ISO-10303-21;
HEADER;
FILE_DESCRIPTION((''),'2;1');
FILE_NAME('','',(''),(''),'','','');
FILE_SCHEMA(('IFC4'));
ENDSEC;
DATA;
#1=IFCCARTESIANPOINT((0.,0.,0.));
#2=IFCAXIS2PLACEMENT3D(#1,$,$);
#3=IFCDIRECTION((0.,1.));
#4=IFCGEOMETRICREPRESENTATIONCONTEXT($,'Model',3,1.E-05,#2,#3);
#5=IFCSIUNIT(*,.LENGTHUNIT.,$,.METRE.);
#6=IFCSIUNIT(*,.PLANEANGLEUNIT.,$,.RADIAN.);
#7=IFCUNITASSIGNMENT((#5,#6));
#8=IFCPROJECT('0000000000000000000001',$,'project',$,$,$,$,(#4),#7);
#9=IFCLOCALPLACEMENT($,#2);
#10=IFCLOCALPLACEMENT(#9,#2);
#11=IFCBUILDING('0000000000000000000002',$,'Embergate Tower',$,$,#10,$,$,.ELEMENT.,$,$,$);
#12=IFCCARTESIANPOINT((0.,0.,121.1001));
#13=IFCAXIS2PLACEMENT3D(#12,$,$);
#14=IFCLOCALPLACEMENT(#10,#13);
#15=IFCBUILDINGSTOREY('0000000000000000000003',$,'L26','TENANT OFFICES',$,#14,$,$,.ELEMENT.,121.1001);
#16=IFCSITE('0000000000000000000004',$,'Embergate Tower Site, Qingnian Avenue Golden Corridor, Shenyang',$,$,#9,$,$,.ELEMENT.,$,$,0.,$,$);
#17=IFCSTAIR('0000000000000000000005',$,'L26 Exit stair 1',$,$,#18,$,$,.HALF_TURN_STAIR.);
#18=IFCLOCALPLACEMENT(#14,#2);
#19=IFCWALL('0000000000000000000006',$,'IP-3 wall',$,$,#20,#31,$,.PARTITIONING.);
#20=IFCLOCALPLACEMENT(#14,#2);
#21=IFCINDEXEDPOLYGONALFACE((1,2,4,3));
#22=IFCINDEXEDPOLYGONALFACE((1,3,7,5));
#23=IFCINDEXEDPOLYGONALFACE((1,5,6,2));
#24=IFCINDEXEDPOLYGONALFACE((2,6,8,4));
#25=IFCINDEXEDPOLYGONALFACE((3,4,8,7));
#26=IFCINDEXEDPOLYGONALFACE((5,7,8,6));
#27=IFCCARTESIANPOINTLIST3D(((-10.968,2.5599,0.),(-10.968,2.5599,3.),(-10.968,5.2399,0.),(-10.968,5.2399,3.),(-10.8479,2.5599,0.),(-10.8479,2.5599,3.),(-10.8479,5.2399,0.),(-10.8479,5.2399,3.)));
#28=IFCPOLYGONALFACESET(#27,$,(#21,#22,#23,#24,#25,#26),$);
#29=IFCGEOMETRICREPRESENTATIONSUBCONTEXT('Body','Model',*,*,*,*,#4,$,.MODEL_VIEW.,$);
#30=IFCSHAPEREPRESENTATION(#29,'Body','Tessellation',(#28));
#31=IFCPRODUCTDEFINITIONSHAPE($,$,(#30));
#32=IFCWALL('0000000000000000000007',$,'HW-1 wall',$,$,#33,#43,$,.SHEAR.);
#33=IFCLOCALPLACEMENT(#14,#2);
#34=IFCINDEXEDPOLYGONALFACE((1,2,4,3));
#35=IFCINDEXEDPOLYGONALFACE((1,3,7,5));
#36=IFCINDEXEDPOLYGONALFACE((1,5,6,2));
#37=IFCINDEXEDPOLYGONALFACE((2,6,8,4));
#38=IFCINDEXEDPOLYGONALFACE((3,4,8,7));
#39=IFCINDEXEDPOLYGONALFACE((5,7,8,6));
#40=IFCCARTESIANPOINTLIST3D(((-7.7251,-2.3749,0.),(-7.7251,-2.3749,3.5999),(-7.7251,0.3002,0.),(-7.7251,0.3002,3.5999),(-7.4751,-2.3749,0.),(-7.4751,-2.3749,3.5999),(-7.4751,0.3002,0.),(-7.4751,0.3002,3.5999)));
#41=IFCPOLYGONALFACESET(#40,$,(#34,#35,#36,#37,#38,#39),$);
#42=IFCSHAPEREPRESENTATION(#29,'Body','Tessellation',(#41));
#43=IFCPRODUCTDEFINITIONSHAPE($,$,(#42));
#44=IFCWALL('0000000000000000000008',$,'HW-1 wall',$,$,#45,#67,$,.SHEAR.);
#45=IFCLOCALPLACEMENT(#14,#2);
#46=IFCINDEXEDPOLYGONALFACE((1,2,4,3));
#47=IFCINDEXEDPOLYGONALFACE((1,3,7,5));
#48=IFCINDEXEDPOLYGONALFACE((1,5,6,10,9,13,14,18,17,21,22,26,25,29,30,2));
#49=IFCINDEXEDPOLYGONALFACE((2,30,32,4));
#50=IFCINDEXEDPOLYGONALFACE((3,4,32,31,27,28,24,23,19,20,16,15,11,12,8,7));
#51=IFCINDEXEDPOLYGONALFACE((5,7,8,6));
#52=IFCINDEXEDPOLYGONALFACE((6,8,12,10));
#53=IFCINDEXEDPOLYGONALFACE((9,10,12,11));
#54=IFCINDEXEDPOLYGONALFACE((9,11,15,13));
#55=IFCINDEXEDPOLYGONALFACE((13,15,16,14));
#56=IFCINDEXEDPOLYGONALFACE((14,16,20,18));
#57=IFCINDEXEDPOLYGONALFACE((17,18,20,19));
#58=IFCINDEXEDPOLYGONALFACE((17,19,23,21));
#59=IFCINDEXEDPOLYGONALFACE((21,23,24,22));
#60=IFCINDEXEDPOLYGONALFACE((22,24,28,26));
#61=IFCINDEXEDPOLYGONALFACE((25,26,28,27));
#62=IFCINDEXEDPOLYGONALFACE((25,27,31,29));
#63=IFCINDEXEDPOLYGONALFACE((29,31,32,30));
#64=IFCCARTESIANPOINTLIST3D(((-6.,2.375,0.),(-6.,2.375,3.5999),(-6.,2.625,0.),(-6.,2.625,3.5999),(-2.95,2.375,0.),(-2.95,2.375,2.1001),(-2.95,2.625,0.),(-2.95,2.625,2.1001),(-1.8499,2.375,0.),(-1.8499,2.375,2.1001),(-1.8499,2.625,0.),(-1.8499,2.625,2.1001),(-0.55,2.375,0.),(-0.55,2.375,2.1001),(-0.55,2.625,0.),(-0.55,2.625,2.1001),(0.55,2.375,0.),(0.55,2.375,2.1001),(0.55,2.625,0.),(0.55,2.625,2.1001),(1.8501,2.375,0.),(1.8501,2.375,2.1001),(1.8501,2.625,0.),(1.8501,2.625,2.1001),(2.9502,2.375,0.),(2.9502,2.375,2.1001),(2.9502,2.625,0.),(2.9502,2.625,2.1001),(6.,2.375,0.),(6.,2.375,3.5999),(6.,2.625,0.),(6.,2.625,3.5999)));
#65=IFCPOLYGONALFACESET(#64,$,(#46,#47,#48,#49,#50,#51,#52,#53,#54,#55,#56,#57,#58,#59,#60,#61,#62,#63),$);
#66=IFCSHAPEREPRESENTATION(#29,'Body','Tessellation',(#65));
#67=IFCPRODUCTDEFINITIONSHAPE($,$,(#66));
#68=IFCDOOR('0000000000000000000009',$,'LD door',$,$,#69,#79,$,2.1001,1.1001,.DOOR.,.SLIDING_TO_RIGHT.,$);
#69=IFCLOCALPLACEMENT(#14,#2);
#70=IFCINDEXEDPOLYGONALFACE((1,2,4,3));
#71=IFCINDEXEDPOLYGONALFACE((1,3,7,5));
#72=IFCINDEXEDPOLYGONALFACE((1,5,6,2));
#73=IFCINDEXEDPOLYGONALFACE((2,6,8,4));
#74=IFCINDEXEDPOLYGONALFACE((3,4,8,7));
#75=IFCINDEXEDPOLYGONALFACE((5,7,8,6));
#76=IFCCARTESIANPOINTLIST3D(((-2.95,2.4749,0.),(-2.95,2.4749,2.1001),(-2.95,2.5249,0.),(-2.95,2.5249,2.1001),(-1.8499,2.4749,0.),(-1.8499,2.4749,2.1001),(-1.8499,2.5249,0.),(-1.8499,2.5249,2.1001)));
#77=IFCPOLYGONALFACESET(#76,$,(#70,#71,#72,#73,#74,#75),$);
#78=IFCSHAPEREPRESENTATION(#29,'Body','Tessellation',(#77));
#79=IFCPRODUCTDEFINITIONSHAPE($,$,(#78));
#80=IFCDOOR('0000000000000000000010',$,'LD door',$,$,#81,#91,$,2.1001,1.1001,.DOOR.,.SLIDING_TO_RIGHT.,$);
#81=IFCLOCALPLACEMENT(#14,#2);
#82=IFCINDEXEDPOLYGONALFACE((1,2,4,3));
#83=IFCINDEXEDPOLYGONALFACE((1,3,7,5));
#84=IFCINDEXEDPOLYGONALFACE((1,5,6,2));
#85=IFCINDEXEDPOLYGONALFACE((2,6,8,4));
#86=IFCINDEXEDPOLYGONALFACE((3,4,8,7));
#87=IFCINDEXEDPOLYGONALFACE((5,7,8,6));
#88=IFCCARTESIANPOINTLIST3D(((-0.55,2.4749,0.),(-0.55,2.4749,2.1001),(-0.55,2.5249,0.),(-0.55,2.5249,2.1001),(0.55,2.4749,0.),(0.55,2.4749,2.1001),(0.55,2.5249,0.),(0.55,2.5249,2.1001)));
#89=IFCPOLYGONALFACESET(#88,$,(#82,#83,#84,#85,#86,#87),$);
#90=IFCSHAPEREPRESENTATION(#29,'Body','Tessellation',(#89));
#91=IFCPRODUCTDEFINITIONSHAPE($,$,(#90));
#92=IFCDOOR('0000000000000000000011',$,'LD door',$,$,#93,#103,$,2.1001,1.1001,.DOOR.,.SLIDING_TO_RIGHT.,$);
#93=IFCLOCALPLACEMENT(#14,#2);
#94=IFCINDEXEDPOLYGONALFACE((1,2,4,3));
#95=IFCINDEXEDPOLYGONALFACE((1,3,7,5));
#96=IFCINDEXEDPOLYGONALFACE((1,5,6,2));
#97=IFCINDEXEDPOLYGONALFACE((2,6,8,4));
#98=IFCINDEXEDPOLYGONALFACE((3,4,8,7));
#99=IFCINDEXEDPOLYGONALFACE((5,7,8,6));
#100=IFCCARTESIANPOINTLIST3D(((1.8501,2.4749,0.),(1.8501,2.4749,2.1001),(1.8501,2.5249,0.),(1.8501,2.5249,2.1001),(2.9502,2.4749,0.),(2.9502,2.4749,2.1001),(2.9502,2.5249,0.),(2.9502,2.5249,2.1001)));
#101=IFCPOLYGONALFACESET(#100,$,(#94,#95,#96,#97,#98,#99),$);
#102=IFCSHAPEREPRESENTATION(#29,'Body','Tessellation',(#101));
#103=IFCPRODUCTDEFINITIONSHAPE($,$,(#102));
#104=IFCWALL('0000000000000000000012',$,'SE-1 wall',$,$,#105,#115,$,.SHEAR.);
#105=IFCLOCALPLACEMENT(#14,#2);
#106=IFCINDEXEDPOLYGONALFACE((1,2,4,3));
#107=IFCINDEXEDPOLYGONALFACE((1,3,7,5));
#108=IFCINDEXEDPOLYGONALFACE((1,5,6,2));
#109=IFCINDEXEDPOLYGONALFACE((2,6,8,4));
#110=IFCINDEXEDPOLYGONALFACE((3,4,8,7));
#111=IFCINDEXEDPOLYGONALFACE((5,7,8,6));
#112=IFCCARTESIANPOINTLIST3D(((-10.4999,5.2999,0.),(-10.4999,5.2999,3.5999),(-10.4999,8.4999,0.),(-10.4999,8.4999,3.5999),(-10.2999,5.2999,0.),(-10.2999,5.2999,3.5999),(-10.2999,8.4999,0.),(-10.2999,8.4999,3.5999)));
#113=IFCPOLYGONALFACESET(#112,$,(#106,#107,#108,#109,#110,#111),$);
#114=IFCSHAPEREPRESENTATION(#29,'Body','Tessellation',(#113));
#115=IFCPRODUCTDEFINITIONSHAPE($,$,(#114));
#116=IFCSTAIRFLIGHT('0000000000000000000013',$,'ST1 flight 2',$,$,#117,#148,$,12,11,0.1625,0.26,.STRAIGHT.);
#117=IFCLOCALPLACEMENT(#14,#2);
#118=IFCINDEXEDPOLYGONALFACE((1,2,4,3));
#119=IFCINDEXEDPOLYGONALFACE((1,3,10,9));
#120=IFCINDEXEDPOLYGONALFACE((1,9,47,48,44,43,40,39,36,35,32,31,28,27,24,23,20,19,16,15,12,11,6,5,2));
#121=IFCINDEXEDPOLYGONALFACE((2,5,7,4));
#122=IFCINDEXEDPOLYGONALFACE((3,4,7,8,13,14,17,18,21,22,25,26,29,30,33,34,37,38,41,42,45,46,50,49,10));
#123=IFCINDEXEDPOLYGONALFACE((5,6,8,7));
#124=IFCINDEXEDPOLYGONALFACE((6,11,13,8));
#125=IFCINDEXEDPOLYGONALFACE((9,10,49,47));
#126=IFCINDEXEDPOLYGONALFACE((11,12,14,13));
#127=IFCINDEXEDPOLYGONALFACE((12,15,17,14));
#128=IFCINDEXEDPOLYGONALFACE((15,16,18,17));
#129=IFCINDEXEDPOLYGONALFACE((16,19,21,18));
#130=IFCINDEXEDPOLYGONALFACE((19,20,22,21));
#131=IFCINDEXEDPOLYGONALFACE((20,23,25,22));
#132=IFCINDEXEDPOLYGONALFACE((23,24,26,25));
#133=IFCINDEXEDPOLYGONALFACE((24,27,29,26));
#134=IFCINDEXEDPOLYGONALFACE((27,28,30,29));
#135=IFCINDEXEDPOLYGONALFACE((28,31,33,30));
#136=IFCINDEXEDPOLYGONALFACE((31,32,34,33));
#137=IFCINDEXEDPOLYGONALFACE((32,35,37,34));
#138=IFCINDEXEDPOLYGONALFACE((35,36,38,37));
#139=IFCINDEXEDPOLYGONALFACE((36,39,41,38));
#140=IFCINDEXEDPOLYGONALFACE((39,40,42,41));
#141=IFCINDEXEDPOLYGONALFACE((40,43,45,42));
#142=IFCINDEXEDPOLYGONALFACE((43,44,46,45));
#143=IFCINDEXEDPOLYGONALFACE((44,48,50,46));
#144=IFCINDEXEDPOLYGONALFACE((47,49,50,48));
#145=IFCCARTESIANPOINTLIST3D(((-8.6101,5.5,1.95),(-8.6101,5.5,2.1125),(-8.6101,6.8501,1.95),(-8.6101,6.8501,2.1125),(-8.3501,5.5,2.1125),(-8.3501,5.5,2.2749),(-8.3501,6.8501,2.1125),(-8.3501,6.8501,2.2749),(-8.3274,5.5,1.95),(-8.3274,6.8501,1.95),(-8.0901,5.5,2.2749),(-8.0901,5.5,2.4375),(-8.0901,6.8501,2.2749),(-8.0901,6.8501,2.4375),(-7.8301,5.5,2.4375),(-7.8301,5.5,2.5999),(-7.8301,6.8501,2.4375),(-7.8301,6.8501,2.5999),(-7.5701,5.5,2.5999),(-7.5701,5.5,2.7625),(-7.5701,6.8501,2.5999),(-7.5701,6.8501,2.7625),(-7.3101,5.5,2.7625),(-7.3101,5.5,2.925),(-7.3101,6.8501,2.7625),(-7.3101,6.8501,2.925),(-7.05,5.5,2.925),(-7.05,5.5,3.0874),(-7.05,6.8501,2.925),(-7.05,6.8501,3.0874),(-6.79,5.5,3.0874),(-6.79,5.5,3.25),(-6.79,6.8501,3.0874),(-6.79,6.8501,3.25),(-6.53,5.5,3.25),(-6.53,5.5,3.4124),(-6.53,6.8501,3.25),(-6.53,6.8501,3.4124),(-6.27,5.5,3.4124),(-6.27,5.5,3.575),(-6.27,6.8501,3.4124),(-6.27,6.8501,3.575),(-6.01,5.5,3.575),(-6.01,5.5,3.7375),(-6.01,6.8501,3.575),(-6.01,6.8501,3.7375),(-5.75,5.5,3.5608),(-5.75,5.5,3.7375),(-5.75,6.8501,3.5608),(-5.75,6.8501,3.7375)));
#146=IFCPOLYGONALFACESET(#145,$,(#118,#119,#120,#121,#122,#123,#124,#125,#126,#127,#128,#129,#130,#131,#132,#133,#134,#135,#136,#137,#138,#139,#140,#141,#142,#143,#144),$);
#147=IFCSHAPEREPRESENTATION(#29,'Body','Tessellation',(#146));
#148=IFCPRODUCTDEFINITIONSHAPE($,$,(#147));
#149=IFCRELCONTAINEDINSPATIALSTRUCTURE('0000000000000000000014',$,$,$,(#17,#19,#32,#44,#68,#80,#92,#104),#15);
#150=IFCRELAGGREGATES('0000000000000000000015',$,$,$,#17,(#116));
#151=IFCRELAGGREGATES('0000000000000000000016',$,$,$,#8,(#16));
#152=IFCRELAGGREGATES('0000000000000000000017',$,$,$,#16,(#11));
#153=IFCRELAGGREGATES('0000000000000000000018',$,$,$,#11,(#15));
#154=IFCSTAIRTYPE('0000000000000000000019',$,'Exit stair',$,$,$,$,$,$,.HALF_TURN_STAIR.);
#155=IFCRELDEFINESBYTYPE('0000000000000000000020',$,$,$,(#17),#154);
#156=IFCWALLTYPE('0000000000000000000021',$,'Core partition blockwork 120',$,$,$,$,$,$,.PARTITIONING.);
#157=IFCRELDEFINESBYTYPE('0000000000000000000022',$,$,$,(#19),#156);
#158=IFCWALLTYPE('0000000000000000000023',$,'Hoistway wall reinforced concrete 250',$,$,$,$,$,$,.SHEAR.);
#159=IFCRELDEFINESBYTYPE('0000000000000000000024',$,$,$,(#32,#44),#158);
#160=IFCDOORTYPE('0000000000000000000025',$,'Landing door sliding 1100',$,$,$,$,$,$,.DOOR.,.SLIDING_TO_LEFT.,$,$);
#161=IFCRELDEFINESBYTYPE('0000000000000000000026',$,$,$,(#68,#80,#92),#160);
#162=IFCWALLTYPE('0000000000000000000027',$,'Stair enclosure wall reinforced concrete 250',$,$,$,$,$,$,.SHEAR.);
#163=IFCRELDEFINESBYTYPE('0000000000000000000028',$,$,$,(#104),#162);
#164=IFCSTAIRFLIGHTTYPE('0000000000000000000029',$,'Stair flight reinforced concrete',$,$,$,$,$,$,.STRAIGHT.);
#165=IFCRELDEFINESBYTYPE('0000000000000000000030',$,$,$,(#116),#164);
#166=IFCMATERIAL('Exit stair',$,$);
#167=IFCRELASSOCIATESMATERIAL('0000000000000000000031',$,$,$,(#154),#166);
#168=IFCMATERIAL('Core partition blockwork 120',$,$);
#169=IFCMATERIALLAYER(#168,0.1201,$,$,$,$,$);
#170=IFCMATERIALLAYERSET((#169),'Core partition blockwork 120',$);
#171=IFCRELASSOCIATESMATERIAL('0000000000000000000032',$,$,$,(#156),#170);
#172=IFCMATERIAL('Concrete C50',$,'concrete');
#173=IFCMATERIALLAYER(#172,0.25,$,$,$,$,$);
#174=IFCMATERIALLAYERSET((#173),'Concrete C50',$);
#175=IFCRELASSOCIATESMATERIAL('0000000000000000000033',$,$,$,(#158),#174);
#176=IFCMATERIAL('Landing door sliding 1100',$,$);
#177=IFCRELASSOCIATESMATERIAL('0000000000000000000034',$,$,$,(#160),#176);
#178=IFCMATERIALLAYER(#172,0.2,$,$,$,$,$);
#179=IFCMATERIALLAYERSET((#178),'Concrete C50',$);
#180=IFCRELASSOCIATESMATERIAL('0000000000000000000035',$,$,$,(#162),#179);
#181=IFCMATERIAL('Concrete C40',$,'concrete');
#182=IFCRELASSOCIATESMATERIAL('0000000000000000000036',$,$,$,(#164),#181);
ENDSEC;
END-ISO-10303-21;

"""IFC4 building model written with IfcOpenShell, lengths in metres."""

from ifc_helpers import new_model, si_unit, direction, frame, frame_2d, origin, place, context, subcontext, project, spatial, polyline, rectangle, outline, extrude, source, transform, mapped, material, layer, layer_set, type_object, element, fill, aggregate, save


model = new_model("IFC4")

# Units and contexts
model_context = context("Model", 3, precision=1e-05, world=origin(), true_north=direction((0.0, 1.0)))
body_context = subcontext(model_context, "Body", "Model", "MODEL_VIEW")
ifc_project = project(units=[si_unit("LENGTHUNIT", "METRE"), si_unit("PLANEANGLEUNIT", "RADIAN")], contexts=[model_context])

# Site, building, storey
site_placement = place(None, origin())
site = spatial("IfcSite", under=ifc_project, at=site_placement, Name="Embergate Tower Site, Qingnian Avenue Golden Corridor, Shenyang", CompositionType="ELEMENT", RefElevation=0.0)
building_placement = place(site_placement, origin())
building = spatial("IfcBuilding", under=site, at=building_placement, Name="Embergate Tower", CompositionType="ELEMENT")
storey_placement = place(building_placement, frame((0.0, 0.0, 121.1001)))
storey = spatial("IfcBuildingStorey", under=building, at=storey_placement, Name="L26", Description="TENANT OFFICES", CompositionType="ELEMENT", Elevation=121.1001)

# Stair
ifc_material_1 = material(Name="Exit stair")
stair_type = type_object("IfcStairType", Name="Exit stair", PredefinedType="HALF_TURN_STAIR", material=ifc_material_1)
stair_placement = place(storey_placement, origin())
stair = element("IfcStair", 1, at=stair_placement, inside=storey, type_object=stair_type, Name="L26 Exit stair 1", PredefinedType="HALF_TURN_STAIR")
ifc_material_2 = material(Name="Concrete C40", Category="concrete")

# Shared definitions
ifc_material_3 = material(Name="Core partition blockwork 120")
ifc_layer_1 = layer(ifc_material_3, 0.1201)
ifc_layer_set_1 = layer_set([ifc_layer_1], Name="Core partition blockwork 120")
wall_type_1 = type_object("IfcWallType", Name="Core partition blockwork 120", PredefinedType="PARTITIONING", material=ifc_layer_set_1)

# Walls
shared_shape_1 = source(origin(), body_context, "Body", "SweptSolid", [
    extrude(rectangle(XDim=2.6799, YDim=0.1201, at=frame_2d((1.3398, 0.0))), origin(), (0.0, 0.0, 1.0), 3.0),
])
wall_1_placement = place(storey_placement, frame((-10.908, 2.5601, 0.0), z_axis=(0.0, 0.0, 1.0), x_axis=(0.0, 1.0, 0.0)))
element("IfcWall", 2, at=wall_1_placement, inside=storey, type_object=wall_type_1, Name="IP-3 wall", PredefinedType="PARTITIONING", context=body_context, shape_type="MappedRepresentation", body=[
    mapped(shared_shape_1, transform((0.0, 0.0, 0.0))),
])
ifc_material_4 = material(Name="Concrete C50", Category="concrete")
ifc_layer_2 = layer(ifc_material_4, 0.25)
ifc_layer_set_2 = layer_set([ifc_layer_2], Name="Concrete C50")
wall_type_2 = type_object("IfcWallType", Name="Hoistway wall reinforced concrete 250", PredefinedType="SHEAR", material=ifc_layer_set_2)
shared_shape_2 = source(origin(), body_context, "Body", "SweptSolid", [
    extrude(rectangle(XDim=2.675, YDim=0.25, at=frame_2d((1.3374, 0.0))), origin(), (0.0, 0.0, 1.0), 3.5999),
])
wall_2_placement = place(storey_placement, frame((-7.6001, 0.3, 0.0), z_axis=(0.0, 0.0, 1.0), x_axis=(0.0, -1.0, 0.0)))
element("IfcWall", 3, at=wall_2_placement, inside=storey, type_object=wall_type_2, Name="HW-1 wall", PredefinedType="SHEAR", context=body_context, shape_type="MappedRepresentation", body=[
    mapped(shared_shape_2, transform((0.0, 0.0, 0.0))),
])

# Wall, openings, doors
shared_shape_3 = source(origin(), body_context, "Body", "SweptSolid", [
    extrude(rectangle(XDim=12.0, YDim=0.25, at=frame_2d((6.0, 0.0))), origin(), (0.0, 0.0, 1.0), 3.5999),
])
wall_3_placement = place(storey_placement, frame((-6.0, 2.5, 0.0), z_axis=(0.0, 0.0, 1.0), x_axis=(1.0, 0.0, 0.0)))
wall_3 = element("IfcWall", 4, at=wall_3_placement, inside=storey, type_object=wall_type_2, Name="HW-1 wall", PredefinedType="SHEAR", context=body_context, shape_type="MappedRepresentation", body=[
    mapped(shared_shape_3, transform((0.0, 0.0, 0.0))),
])
shared_shape_4 = source(origin(), body_context, "Body", "SweptSolid", [
    extrude(rectangle(XDim=1.1001, YDim=2.1001, at=frame_2d((0.55, 1.05))), frame((0.0, 0.135, 0.0), z_axis=(0.0, -1.0, 0.0), x_axis=(1.0, 0.0, 0.0)), (0.0, 0.0, 1.0), 0.27),
])
opening_1_placement = place(wall_3_placement, frame((3.05, 0.0, 0.0)))
opening_1 = element("IfcOpeningElement", 5, at=opening_1_placement, cuts=wall_3, PredefinedType="OPENING", context=body_context, shape_type="MappedRepresentation", body=[
    mapped(shared_shape_4, transform((0.0, 0.0, 0.0))),
])
opening_2_placement = place(wall_3_placement, frame((5.45, 0.0, 0.0)))
opening_2 = element("IfcOpeningElement", 6, at=opening_2_placement, cuts=wall_3, PredefinedType="OPENING", context=body_context, shape_type="MappedRepresentation", body=[
    mapped(shared_shape_4, transform((0.0, 0.0, 0.0))),
])
opening_3_placement = place(wall_3_placement, frame((7.8501, 0.0, 0.0)))
opening_3 = element("IfcOpeningElement", 7, at=opening_3_placement, cuts=wall_3, PredefinedType="OPENING", context=body_context, shape_type="MappedRepresentation", body=[
    mapped(shared_shape_4, transform((0.0, 0.0, 0.0))),
])
ifc_material_5 = material(Name="Landing door sliding 1100")
door_type_1 = type_object("IfcDoorType", Name="Landing door sliding 1100", OperationType="SLIDING_TO_LEFT", PredefinedType="DOOR", material=ifc_material_5)
shared_shape_5 = source(origin(), body_context, "Body", "SweptSolid", [
    extrude(rectangle(XDim=1.1001, YDim=2.1001, at=frame_2d((0.55, 1.05))), frame((0.0, 0.0249, 0.0), z_axis=(0.0, -1.0, 0.0), x_axis=(1.0, 0.0, 0.0)), (0.0, 0.0, 1.0), 0.05),
])
door_1_placement = place(opening_1_placement, origin())
door_1 = element("IfcDoor", 8, at=door_1_placement, inside=storey, type_object=door_type_1, Name="LD door", OperationType="SLIDING_TO_RIGHT", OverallHeight=2.1001, OverallWidth=1.1001, PredefinedType="DOOR", context=body_context, shape_type="MappedRepresentation", body=[
    mapped(shared_shape_5, transform((0.0, 0.0, 0.0))),
])
fill(opening_1, door_1)
door_2_placement = place(opening_2_placement, origin())
door_2 = element("IfcDoor", 9, at=door_2_placement, inside=storey, type_object=door_type_1, Name="LD door", OperationType="SLIDING_TO_RIGHT", OverallHeight=2.1001, OverallWidth=1.1001, PredefinedType="DOOR", context=body_context, shape_type="MappedRepresentation", body=[
    mapped(shared_shape_5, transform((0.0, 0.0, 0.0))),
])
fill(opening_2, door_2)
door_3_placement = place(opening_3_placement, origin())
door_3 = element("IfcDoor", 10, at=door_3_placement, inside=storey, type_object=door_type_1, Name="LD door", OperationType="SLIDING_TO_RIGHT", OverallHeight=2.1001, OverallWidth=1.1001, PredefinedType="DOOR", context=body_context, shape_type="MappedRepresentation", body=[
    mapped(shared_shape_5, transform((0.0, 0.0, 0.0))),
])
fill(opening_3, door_3)

# Wall
ifc_layer_3 = layer(ifc_material_4, 0.2)
ifc_layer_set_3 = layer_set([ifc_layer_3], Name="Concrete C50")
wall_type_3 = type_object("IfcWallType", Name="Stair enclosure wall reinforced concrete 250", PredefinedType="SHEAR", material=ifc_layer_set_3)
shared_shape_6 = source(origin(), body_context, "Body", "SweptSolid", [
    extrude(rectangle(XDim=3.2, YDim=0.2, at=frame_2d((1.6001, 0.0))), origin(), (0.0, 0.0, 1.0), 3.5999),
])
wall_4_placement = place(storey_placement, frame((-10.3999, 8.5, 0.0), z_axis=(0.0, 0.0, 1.0), x_axis=(0.0, -1.0, 0.0)))
element("IfcWall", 11, at=wall_4_placement, inside=storey, type_object=wall_type_3, Name="SE-1 wall", PredefinedType="SHEAR", context=body_context, shape_type="MappedRepresentation", body=[
    mapped(shared_shape_6, transform((0.0, 0.0, 0.0))),
])

# Stair flight
stair_flight_type = type_object("IfcStairFlightType", Name="Stair flight reinforced concrete", PredefinedType="STRAIGHT", material=ifc_material_2)
shared_shape_7 = source(origin(), body_context, "Body", "SweptSolid", [
    extrude(outline(polyline([(0.0, 0.0), (0.0, 0.1626), (0.26, 0.1626), (0.26, 0.325), (0.52, 0.325), (0.52, 0.4875), (0.78, 0.4875), (0.78, 0.6499), (1.04, 0.6499), (1.04, 0.8125), (1.3, 0.8125), (1.3, 0.9751), (1.5601, 0.9751), (1.5601, 1.1375), (1.8201, 1.1375), (1.8201, 1.3), (2.0801, 1.3), (2.0801, 1.4624), (2.3401, 1.4624), (2.3401, 1.625), (2.6001, 1.625), (2.6001, 1.7876), (2.8601, 1.7876), (2.8601, 1.95), (2.8601, 1.6108), (0.2827, 0.0), (0.0, 0.0)])), frame((0.0, 0.675, 0.0), z_axis=(0.0, -1.0, 0.0), x_axis=(1.0, 0.0, 0.0)), (0.0, 0.0, 1.0), 1.3501),
])
stair_flight_placement = place(storey_placement, frame((-8.6101, 6.175, 1.95), z_axis=(0.0, 0.0, 1.0), x_axis=(1.0, 0.0, 0.0)))
stair_flight = element("IfcStairFlight", 12, at=stair_flight_placement, type_object=stair_flight_type, Name="ST1 flight 2", NumberOfRisers=12, NumberOfTreads=11, PredefinedType="STRAIGHT", RiserHeight=0.1625, TreadLength=0.26, context=body_context, shape_type="MappedRepresentation", body=[
    mapped(shared_shape_7, transform((0.0, 0.0, 0.0))),
])
aggregate(stair, [stair_flight])

save(model, "model.ifc")
